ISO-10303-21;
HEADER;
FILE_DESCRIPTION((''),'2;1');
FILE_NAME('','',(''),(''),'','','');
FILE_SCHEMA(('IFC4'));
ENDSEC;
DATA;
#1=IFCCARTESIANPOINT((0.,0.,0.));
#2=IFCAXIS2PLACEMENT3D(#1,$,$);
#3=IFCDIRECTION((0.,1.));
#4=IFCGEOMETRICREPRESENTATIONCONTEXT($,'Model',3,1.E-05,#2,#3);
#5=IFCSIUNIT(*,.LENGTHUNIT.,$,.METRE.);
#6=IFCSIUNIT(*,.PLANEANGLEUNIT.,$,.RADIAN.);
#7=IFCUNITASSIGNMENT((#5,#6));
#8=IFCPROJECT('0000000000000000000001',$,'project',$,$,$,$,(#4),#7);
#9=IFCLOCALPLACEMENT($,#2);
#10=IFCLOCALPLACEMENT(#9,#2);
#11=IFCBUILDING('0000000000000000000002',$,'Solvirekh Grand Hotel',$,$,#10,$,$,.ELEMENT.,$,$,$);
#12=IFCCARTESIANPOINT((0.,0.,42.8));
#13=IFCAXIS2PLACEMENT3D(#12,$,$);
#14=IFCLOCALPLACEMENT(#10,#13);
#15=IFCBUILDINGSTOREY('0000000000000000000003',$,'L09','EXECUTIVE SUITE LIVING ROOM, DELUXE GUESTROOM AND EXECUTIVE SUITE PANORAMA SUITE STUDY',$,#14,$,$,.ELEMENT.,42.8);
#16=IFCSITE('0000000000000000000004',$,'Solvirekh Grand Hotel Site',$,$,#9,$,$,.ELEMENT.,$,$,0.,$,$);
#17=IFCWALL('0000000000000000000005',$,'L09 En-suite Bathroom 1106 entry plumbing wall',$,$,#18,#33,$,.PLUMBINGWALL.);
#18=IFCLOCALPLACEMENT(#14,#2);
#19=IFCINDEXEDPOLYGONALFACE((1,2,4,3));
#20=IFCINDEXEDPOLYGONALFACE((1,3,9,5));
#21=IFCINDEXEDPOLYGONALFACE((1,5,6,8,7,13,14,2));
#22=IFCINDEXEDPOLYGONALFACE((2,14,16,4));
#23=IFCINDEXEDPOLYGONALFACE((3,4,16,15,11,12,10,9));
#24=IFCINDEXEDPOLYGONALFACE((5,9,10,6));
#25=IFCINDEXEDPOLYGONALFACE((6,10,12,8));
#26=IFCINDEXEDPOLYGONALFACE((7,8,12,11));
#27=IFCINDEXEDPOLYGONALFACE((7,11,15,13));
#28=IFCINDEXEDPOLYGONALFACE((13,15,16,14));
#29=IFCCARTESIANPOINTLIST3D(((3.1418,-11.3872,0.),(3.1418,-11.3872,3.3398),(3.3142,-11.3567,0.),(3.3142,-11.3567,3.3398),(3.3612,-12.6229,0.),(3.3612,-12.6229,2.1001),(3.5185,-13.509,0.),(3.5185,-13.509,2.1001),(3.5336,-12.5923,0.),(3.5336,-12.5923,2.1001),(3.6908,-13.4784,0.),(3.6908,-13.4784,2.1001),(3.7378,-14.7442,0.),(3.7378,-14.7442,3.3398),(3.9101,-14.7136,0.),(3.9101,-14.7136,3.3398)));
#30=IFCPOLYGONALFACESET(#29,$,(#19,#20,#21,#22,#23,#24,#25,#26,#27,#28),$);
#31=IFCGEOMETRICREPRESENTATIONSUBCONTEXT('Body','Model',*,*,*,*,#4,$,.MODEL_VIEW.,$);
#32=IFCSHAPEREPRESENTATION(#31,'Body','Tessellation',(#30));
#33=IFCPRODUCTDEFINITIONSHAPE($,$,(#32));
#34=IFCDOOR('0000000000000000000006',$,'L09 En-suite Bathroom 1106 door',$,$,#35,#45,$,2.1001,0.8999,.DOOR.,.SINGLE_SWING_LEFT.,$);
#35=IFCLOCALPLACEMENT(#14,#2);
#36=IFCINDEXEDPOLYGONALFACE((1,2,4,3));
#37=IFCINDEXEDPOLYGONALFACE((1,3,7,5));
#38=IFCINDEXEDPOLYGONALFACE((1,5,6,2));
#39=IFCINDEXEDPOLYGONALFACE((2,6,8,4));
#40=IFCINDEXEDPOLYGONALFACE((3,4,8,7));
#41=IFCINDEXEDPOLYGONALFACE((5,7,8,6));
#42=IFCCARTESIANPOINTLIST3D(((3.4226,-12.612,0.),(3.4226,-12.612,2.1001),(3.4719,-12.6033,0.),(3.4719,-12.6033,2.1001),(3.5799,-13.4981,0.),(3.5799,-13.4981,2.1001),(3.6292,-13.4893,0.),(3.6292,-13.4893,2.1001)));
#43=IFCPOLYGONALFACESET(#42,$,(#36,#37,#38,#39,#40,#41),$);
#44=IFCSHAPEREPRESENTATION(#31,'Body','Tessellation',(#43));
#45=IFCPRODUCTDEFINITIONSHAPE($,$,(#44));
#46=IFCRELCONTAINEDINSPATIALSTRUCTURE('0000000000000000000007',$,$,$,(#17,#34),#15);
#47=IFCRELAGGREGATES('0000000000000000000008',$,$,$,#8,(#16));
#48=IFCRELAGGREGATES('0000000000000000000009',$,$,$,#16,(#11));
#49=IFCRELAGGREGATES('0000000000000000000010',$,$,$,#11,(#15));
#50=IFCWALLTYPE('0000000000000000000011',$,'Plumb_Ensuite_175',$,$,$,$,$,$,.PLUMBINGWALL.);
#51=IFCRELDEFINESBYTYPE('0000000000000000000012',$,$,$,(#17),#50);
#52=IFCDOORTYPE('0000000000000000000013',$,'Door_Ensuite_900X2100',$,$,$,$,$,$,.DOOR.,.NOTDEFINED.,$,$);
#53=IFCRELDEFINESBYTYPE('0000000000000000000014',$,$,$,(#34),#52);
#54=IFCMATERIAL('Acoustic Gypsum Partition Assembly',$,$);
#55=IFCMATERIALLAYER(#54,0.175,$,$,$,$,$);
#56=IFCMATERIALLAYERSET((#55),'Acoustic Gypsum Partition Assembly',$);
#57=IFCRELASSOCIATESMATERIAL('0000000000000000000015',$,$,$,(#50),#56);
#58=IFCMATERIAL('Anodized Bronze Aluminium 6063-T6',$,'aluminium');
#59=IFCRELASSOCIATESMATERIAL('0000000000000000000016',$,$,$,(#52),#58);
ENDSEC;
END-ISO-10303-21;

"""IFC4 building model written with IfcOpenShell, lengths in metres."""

from ifc_helpers import new_model, si_unit, direction, frame, frame_2d, origin, place, context, subcontext, project, spatial, rectangle, extrude, material, layer, layer_set, type_object, element, fill, save


model = new_model("IFC4")

# Units and contexts
model_context = context("Model", 3, precision=1e-05, world=origin(), true_north=direction((0.0, 1.0)))
body_context = subcontext(model_context, "Body", "Model", "MODEL_VIEW")
ifc_project = project(units=[si_unit("LENGTHUNIT", "METRE"), si_unit("PLANEANGLEUNIT", "RADIAN")], contexts=[model_context])

# Site, building, storey
site_placement = place(None, origin())
site = spatial("IfcSite", under=ifc_project, at=site_placement, Name="Solvirekh Grand Hotel Site", CompositionType="ELEMENT", RefElevation=0.0)
building_placement = place(site_placement, origin())
building = spatial("IfcBuilding", under=site, at=building_placement, Name="Solvirekh Grand Hotel", CompositionType="ELEMENT")
storey_placement = place(building_placement, frame((0.0, 0.0, 42.8)))
storey = spatial("IfcBuildingStorey", under=building, at=storey_placement, Name="L09", Description="EXECUTIVE SUITE LIVING ROOM, DELUXE GUESTROOM AND EXECUTIVE SUITE PANORAMA SUITE STUDY", CompositionType="ELEMENT", Elevation=42.8)

# Shared definitions
ifc_material_1 = material(Name="Acoustic Gypsum Partition Assembly")

# Shared definitions
ifc_layer_1 = layer(ifc_material_1, 0.175)
ifc_layer_set_1 = layer_set([ifc_layer_1], Name="Acoustic Gypsum Partition Assembly")
wall_type_1 = type_object("IfcWallType", Name="Plumb_Ensuite_175", PredefinedType="PLUMBINGWALL", material=ifc_layer_set_1)

# Wall, opening, door
wall_1_placement = place(storey_placement, frame((3.228, -11.3721, 0.0), z_axis=(0.0, 0.0, 1.0), x_axis=(0.174794, -0.984605, 0.0)))
wall_1 = element("IfcWall", 1, at=wall_1_placement, inside=storey, type_object=wall_type_1, Name="L09 En-suite Bathroom 1106 entry plumbing wall", PredefinedType="PLUMBINGWALL", context=body_context, shape_type="SweptSolid", body=[
    extrude(rectangle(XDim=3.4094, YDim=0.175, at=frame_2d((1.7046, 0.0))), origin(), (0.0, 0.0, 1.0), 3.3398),
])
opening_1_placement = place(wall_1_placement, frame((1.2549, 0.0, 0.0)))
opening_1 = element("IfcOpeningElement", 2, at=opening_1_placement, cuts=wall_1, PredefinedType="OPENING", context=body_context, shape_type="SweptSolid", body=[
    extrude(rectangle(XDim=0.8999, YDim=2.1001, at=frame_2d((0.45, 1.05))), frame((0.0, 0.0977, 0.0), z_axis=(0.0, -1.0, 0.0), x_axis=(1.0, 0.0, 0.0)), (0.0, 0.0, 1.0), 0.1951),
])
ifc_material_2 = material(Name="Anodized Bronze Aluminium 6063-T6", Category="aluminium")
door_type_1 = type_object("IfcDoorType", Name="Door_Ensuite_900X2100", OperationType="NOTDEFINED", PredefinedType="DOOR", material=ifc_material_2)
door_1_placement = place(opening_1_placement, origin())
door_1 = element("IfcDoor", 3, at=door_1_placement, inside=storey, type_object=door_type_1, Name="L09 En-suite Bathroom 1106 door", OperationType="SINGLE_SWING_LEFT", OverallHeight=2.1001, OverallWidth=0.8999, PredefinedType="DOOR", context=body_context, shape_type="SweptSolid", body=[
    extrude(rectangle(XDim=0.8999, YDim=2.1001, at=frame_2d((0.45, 1.05))), frame((0.0, 0.0249, 0.0), z_axis=(0.0, -1.0, 0.0), x_axis=(1.0, 0.0, 0.0)), (0.0, 0.0, 1.0), 0.05),
])
fill(opening_1, door_1)

save(model, "model.ifc")
